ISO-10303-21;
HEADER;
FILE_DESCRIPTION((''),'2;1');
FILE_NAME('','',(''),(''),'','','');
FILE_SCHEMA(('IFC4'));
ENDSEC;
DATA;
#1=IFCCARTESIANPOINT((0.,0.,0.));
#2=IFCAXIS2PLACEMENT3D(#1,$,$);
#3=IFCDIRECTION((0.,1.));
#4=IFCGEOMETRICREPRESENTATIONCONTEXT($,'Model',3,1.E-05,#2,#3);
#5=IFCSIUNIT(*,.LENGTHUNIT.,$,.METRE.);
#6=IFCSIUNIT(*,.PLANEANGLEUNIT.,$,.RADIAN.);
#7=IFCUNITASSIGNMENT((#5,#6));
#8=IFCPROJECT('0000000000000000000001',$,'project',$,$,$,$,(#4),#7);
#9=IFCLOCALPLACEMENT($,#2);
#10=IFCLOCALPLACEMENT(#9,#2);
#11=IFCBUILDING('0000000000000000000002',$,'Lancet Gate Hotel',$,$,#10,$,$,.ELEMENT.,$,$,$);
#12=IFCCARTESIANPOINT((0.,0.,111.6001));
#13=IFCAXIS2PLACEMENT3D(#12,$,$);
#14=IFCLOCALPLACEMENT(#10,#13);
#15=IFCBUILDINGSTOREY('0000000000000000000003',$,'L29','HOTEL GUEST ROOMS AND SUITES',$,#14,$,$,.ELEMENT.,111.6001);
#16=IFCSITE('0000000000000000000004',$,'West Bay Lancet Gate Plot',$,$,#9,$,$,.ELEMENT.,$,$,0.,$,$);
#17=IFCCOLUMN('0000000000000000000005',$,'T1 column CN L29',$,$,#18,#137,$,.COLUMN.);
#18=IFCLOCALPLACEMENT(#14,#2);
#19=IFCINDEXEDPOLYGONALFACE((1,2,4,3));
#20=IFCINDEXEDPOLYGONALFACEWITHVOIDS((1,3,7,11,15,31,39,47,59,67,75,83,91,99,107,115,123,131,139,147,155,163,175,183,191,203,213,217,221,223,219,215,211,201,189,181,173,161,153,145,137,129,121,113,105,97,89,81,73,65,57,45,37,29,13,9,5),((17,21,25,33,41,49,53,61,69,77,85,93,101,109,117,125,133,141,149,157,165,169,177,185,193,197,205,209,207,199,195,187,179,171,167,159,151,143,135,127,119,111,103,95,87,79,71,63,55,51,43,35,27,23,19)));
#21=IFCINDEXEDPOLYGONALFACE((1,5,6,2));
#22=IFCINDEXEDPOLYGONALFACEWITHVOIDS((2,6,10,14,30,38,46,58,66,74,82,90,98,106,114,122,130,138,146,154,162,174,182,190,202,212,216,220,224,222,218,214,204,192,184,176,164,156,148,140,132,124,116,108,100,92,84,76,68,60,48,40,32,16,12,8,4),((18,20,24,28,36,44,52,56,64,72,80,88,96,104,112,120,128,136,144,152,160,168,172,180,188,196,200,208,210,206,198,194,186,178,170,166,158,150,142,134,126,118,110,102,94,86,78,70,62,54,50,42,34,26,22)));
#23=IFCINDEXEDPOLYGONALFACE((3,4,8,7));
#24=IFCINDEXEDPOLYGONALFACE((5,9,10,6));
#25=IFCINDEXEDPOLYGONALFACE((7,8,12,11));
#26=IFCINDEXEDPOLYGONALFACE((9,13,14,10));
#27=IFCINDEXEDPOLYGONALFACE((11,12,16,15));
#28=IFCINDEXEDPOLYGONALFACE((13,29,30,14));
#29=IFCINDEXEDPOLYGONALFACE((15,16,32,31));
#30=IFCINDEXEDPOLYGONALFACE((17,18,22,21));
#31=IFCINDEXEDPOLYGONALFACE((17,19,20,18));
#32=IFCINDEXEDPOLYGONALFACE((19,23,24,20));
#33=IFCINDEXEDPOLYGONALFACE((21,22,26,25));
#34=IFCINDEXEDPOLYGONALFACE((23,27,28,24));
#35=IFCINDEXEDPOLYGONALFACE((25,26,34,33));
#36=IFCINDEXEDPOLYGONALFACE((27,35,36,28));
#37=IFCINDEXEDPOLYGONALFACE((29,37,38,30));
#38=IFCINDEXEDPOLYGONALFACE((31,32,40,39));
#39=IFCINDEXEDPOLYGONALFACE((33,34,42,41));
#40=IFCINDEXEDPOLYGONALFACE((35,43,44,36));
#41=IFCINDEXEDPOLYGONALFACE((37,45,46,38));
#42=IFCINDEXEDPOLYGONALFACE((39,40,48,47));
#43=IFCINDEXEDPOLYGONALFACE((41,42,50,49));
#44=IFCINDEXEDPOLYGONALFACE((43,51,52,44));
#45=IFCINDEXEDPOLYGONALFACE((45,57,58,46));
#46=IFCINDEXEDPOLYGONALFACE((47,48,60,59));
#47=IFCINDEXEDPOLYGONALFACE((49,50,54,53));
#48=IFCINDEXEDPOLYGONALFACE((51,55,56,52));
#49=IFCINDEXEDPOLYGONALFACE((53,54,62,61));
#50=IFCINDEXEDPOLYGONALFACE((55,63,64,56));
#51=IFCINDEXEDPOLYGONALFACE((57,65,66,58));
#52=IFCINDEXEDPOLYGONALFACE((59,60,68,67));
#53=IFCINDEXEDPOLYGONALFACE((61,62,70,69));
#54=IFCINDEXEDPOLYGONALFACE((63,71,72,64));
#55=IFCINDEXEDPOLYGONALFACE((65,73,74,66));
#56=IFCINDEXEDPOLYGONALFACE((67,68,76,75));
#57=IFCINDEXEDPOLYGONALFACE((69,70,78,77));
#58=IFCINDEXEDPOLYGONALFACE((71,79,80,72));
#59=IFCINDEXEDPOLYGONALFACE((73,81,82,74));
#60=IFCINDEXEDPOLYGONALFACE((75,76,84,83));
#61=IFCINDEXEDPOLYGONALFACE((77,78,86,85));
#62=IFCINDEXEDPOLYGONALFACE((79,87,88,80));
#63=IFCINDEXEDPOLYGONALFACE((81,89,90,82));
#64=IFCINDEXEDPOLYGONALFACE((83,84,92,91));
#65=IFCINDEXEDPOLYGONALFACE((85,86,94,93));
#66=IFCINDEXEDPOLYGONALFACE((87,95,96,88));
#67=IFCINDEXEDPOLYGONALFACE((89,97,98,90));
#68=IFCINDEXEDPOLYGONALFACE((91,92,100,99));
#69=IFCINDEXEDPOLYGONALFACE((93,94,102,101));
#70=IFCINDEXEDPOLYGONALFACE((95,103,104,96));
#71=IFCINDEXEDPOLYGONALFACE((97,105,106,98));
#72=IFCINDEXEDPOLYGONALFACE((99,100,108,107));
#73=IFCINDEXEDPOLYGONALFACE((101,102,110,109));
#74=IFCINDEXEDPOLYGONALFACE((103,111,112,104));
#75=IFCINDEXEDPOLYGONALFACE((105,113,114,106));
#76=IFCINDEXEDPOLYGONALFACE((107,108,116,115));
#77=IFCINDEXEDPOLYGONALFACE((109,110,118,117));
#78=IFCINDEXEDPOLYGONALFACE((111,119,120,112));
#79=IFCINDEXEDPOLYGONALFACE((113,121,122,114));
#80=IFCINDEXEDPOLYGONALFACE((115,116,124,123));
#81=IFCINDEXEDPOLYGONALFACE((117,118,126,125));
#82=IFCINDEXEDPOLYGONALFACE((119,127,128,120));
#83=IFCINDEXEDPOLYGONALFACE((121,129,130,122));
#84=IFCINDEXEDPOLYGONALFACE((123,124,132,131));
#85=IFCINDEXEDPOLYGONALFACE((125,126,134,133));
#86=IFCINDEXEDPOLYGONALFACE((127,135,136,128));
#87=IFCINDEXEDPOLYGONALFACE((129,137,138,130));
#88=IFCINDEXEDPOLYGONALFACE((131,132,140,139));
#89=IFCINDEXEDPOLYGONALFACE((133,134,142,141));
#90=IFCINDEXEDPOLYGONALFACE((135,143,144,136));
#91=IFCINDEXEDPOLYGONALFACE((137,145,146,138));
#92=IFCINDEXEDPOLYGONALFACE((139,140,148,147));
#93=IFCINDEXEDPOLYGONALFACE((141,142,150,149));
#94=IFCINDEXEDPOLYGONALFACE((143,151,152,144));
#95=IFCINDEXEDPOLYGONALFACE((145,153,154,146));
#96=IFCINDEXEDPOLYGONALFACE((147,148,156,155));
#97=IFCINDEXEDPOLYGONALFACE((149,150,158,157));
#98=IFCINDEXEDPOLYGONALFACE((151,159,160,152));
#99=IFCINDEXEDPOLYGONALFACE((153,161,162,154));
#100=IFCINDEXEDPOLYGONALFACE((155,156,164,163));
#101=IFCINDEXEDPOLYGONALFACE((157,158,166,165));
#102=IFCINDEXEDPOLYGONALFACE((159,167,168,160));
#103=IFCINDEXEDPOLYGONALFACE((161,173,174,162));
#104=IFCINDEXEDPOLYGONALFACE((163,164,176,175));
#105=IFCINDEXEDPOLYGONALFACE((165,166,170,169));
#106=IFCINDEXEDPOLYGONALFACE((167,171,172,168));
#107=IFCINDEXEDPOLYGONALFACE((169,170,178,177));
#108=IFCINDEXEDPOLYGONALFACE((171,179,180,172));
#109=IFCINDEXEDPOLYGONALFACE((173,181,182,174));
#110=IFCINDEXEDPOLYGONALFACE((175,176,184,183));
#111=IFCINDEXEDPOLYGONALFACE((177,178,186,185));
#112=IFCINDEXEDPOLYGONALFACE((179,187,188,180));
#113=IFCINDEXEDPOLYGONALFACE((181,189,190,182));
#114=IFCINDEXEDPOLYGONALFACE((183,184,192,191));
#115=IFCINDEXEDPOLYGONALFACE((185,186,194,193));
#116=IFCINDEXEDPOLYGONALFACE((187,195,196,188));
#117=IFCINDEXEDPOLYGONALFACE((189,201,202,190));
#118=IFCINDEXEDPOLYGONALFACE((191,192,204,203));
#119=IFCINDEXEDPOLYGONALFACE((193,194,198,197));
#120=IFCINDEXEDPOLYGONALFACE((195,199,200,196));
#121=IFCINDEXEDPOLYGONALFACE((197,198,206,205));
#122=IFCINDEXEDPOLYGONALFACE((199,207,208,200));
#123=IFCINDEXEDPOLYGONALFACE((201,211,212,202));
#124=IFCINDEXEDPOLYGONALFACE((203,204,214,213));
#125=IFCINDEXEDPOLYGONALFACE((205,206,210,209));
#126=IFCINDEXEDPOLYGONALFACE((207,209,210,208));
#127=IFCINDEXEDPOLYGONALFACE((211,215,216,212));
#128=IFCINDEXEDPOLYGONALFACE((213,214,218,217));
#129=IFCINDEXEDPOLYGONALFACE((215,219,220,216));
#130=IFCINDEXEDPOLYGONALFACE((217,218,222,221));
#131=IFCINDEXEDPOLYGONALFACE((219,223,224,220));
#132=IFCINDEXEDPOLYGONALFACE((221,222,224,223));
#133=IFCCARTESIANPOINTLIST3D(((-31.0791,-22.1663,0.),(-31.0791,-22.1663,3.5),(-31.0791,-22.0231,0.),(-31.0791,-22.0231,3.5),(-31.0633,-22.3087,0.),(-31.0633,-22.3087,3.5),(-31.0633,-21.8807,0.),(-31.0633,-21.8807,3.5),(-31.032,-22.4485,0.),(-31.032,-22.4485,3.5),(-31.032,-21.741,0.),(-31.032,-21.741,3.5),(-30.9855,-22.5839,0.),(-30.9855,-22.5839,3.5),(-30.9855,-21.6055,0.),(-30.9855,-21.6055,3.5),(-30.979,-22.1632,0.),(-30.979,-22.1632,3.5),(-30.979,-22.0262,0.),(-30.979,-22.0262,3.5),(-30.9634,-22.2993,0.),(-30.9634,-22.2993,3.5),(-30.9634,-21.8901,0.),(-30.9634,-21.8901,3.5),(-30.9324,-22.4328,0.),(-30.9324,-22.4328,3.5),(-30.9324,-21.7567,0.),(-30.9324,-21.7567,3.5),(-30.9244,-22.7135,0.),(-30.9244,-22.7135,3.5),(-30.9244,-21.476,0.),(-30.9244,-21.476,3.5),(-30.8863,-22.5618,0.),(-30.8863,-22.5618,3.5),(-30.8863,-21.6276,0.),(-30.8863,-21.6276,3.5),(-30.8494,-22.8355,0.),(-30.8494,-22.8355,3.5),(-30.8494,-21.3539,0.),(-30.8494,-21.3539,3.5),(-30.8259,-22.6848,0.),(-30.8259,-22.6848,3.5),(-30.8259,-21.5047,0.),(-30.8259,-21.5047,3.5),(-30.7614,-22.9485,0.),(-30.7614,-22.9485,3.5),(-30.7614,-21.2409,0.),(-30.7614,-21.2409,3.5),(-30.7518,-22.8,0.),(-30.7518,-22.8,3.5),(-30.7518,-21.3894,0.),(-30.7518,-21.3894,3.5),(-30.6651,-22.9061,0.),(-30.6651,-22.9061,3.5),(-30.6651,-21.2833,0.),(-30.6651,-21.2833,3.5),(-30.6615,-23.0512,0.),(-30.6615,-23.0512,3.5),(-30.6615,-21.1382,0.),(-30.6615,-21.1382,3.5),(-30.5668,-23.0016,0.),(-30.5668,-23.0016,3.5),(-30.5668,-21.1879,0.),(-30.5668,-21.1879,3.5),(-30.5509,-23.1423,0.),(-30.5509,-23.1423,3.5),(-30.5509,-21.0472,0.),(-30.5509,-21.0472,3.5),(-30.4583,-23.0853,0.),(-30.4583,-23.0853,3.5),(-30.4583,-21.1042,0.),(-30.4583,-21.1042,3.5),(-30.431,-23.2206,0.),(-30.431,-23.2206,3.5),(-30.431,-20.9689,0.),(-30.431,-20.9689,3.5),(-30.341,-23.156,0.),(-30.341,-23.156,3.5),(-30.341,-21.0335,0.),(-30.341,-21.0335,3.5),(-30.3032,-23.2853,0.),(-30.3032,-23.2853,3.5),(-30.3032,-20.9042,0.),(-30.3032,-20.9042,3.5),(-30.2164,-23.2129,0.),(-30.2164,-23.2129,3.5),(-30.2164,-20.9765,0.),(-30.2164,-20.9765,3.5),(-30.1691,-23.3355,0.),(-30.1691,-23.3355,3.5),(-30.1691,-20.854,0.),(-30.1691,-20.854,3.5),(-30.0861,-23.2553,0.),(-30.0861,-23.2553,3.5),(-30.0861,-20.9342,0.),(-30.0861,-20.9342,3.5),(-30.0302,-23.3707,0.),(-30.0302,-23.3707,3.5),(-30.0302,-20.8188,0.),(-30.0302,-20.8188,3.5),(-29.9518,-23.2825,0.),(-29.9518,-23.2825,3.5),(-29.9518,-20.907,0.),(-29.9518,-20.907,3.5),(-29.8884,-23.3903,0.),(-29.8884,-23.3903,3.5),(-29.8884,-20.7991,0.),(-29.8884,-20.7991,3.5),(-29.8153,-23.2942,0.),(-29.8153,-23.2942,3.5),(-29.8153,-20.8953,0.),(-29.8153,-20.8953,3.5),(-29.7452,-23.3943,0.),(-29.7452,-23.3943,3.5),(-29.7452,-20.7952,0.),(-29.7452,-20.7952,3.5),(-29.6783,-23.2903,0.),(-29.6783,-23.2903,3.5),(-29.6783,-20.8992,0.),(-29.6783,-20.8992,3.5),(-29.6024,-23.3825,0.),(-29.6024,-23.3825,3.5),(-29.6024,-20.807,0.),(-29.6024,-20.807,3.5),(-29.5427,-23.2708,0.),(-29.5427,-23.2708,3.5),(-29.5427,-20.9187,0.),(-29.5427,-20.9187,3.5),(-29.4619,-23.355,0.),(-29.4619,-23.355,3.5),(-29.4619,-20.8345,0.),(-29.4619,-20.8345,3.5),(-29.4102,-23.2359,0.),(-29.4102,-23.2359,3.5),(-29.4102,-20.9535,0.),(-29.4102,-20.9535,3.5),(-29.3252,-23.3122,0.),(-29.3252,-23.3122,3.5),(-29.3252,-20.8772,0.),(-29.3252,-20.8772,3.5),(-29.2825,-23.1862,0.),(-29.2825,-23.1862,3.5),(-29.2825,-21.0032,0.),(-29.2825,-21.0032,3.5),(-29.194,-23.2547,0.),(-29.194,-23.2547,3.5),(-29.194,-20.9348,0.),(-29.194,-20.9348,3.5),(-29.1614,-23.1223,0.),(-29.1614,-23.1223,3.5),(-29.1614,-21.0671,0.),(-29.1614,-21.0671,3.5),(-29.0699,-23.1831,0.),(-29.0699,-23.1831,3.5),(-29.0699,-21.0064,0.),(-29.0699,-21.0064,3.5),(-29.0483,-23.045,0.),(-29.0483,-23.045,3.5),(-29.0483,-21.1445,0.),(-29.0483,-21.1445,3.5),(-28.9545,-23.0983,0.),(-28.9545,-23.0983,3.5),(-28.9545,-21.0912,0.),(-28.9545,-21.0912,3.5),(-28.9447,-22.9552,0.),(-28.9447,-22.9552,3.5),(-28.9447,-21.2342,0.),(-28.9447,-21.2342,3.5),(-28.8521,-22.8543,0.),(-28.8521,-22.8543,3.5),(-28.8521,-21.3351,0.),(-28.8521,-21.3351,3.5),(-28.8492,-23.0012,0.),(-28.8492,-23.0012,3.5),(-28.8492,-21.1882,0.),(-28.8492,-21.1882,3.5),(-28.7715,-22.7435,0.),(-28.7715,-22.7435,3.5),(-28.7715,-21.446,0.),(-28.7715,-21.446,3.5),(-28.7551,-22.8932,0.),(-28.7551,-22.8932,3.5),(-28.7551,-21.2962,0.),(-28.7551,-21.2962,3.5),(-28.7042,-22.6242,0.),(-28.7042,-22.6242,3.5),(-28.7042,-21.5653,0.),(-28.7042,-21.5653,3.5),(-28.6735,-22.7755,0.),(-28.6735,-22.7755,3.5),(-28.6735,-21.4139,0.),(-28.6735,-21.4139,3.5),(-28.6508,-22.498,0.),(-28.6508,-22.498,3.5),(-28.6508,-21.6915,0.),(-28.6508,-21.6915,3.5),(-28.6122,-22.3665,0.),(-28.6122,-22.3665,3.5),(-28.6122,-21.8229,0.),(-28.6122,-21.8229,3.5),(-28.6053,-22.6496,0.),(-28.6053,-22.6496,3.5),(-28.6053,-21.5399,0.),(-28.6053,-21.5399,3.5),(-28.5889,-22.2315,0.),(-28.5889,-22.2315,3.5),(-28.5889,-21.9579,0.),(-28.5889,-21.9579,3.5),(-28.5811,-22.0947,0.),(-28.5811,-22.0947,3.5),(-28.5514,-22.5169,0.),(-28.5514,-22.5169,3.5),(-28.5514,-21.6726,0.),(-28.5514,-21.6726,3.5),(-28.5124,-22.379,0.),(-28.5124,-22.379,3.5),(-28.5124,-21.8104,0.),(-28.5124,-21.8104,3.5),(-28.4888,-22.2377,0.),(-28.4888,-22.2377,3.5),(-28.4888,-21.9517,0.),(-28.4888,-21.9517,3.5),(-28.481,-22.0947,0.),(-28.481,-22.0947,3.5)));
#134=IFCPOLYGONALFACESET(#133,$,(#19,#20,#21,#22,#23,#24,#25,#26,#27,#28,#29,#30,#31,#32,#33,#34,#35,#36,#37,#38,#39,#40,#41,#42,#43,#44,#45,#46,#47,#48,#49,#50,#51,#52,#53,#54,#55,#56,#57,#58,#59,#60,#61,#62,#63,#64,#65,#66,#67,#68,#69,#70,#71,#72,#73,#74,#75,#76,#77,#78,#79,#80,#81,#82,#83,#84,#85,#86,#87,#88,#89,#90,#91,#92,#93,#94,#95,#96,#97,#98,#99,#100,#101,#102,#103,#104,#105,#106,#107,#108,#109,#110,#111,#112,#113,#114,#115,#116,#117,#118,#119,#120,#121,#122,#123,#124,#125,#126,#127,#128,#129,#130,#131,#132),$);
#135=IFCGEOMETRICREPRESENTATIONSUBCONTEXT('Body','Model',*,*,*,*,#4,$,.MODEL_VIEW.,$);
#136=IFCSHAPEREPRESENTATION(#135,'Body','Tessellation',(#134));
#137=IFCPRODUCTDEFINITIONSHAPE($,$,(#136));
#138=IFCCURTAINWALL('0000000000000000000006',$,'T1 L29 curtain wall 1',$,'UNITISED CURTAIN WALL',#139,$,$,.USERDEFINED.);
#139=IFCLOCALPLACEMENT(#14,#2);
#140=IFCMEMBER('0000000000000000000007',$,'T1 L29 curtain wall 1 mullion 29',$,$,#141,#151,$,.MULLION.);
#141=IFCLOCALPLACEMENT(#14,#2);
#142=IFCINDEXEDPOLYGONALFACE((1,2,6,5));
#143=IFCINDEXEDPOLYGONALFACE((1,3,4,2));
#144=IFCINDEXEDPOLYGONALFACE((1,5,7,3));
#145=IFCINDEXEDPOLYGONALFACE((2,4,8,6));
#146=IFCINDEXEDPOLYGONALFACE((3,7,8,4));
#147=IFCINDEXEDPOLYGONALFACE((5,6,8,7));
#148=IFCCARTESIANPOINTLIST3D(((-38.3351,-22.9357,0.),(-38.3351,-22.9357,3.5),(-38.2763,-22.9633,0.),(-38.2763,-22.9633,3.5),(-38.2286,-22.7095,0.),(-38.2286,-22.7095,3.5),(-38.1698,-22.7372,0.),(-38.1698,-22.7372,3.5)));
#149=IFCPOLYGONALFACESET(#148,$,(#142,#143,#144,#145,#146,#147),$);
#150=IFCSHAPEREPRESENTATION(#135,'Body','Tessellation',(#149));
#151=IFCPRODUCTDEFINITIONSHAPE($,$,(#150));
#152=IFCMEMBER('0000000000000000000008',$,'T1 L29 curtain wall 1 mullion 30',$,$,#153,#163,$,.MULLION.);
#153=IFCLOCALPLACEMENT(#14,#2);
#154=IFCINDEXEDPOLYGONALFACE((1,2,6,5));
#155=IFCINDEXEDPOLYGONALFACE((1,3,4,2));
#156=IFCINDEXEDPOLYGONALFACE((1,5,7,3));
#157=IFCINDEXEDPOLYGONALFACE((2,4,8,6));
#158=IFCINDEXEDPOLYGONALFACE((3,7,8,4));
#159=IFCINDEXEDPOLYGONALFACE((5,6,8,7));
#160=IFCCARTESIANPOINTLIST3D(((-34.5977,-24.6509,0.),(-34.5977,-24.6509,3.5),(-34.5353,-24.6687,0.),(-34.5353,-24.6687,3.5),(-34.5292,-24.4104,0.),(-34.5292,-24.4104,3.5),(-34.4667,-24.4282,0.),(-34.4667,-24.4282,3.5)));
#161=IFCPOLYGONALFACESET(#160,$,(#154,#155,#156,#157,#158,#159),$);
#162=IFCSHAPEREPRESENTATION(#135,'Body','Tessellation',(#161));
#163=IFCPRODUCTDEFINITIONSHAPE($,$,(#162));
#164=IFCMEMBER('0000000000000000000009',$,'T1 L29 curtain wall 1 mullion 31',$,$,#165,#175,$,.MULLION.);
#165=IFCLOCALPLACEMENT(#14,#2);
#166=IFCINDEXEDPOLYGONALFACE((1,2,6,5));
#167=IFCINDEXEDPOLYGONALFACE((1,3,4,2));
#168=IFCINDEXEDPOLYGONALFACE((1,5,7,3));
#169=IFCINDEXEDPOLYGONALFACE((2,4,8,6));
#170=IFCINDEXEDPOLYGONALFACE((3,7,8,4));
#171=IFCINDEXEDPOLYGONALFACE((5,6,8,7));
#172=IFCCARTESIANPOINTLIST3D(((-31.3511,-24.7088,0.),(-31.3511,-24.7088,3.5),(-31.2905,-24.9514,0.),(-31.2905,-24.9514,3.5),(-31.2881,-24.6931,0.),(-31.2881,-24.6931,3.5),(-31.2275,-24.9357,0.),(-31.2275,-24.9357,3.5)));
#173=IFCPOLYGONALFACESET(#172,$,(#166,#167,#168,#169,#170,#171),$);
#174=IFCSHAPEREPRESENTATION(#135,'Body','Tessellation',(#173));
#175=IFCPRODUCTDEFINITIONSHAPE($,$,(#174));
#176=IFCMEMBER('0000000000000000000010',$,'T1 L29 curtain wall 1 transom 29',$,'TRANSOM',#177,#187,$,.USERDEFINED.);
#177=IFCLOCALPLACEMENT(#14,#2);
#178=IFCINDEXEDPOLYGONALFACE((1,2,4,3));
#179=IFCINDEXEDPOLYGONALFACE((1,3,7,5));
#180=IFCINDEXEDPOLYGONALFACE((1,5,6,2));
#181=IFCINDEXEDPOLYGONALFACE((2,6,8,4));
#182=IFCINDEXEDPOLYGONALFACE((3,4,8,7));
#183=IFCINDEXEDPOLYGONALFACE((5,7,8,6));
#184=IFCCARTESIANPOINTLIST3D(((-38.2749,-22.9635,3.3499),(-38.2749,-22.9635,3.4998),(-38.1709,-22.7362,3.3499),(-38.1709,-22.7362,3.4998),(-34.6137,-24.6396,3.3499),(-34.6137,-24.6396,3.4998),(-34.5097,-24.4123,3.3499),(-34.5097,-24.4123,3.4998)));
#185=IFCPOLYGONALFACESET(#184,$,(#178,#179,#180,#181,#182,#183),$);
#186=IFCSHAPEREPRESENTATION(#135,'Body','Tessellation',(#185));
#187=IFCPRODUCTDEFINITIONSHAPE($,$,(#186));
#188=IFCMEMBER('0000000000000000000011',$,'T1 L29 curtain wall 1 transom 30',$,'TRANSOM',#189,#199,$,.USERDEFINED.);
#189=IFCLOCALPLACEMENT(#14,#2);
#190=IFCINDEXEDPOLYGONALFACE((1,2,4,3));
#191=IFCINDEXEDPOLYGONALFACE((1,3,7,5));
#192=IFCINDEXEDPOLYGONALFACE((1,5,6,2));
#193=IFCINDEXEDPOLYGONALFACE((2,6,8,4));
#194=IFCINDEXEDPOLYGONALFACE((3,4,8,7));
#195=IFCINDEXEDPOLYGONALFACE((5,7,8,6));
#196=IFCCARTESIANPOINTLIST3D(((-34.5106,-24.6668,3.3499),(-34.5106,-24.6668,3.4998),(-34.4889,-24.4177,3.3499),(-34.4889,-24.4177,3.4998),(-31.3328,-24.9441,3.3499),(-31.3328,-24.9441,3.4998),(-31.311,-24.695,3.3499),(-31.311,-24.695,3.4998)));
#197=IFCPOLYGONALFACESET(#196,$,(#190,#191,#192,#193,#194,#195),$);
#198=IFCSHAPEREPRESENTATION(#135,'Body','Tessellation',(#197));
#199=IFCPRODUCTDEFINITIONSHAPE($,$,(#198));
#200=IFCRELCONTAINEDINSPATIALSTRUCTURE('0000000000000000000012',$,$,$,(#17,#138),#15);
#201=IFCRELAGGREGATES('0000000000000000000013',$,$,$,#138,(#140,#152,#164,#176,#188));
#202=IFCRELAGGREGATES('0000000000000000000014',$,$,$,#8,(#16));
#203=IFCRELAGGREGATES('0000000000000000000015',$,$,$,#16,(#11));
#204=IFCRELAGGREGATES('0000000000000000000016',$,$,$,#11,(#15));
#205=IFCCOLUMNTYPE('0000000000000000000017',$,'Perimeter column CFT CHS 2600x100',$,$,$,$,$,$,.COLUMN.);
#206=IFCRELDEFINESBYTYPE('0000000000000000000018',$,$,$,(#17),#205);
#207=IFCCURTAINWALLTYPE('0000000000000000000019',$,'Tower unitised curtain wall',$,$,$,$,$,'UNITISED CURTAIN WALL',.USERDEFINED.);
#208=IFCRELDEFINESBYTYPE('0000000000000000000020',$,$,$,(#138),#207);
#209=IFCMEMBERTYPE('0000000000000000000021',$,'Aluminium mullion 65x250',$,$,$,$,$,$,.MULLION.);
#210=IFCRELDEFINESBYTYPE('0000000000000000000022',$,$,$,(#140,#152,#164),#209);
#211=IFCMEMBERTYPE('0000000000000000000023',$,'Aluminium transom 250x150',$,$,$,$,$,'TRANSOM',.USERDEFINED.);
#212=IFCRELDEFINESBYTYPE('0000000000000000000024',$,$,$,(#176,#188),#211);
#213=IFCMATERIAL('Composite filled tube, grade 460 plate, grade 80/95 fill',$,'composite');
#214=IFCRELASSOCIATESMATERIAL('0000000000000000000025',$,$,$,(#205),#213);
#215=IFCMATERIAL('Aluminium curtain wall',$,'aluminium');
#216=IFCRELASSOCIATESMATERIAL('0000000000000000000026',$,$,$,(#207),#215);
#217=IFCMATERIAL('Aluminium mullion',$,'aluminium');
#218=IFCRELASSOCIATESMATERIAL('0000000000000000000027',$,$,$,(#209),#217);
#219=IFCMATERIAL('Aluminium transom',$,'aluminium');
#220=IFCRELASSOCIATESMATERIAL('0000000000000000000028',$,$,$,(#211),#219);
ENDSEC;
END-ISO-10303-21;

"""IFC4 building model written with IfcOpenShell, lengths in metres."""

from ifc_helpers import new_model, si_unit, direction, frame, origin, origin_2d, place, context, subcontext, project, spatial, rectangle, hollow_circle, extrude, material, material_profile, profile_set, type_object, element, aggregate, save


model = new_model("IFC4")

# Units and contexts
model_context = context("Model", 3, precision=1e-05, world=origin(), true_north=direction((0.0, 1.0)))
body_context = subcontext(model_context, "Body", "Model", "MODEL_VIEW")
ifc_project = project(units=[si_unit("LENGTHUNIT", "METRE"), si_unit("PLANEANGLEUNIT", "RADIAN")], contexts=[model_context])

# Site, building, storey
site_placement = place(None, origin())
site = spatial("IfcSite", under=ifc_project, at=site_placement, Name="West Bay Lancet Gate Plot", CompositionType="ELEMENT", RefElevation=0.0)
building_placement = place(site_placement, origin())
building = spatial("IfcBuilding", under=site, at=building_placement, Name="Lancet Gate Hotel", CompositionType="ELEMENT")
storey_placement = place(building_placement, frame((0.0, 0.0, 111.6001)))
storey = spatial("IfcBuildingStorey", under=building, at=storey_placement, Name="L29", Description="HOTEL GUEST ROOMS AND SUITES", CompositionType="ELEMENT", Elevation=111.6001)

# Column
ifc_material_1 = material(Name="Composite filled tube, grade 460 plate, grade 80/95 fill", Category="composite")
ifc_material_profile_1 = material_profile(ifc_material_1, hollow_circle(Radius=1.3, WallThickness=0.1001, at=origin_2d()), Name="CHS 2600x100")
ifc_profile_set_1 = profile_set([ifc_material_profile_1], Name="Composite filled tube, grade 460 plate, grade 80/95 fill")
column_type = type_object("IfcColumnType", Name="Perimeter column CFT CHS 2600x100", PredefinedType="COLUMN", material=ifc_profile_set_1)
column_placement = place(storey_placement, frame((-29.781, -22.0947, 0.0), z_axis=(0.0, 0.0, 1.0), x_axis=(1.0, 0.0, 0.0)))
element("IfcColumn", 1, at=column_placement, inside=storey, type_object=column_type, Name="T1 column CN L29", PredefinedType="COLUMN", context=body_context, shape_type="SweptSolid", body=[
    extrude(hollow_circle(Radius=1.3, WallThickness=0.1001, at=origin_2d()), origin(), (0.0, 0.0, 1.0), 3.5),
])

# Curtain wall, members
ifc_material_2 = material(Name="Aluminium curtain wall", Category="aluminium")
curtain_wall_type = type_object("IfcCurtainWallType", Name="Tower unitised curtain wall", ElementType="UNITISED CURTAIN WALL", PredefinedType="USERDEFINED", material=ifc_material_2)
curtain_wall_placement = place(storey_placement, origin())
curtain_wall = element("IfcCurtainWall", 2, at=curtain_wall_placement, inside=storey, type_object=curtain_wall_type, Name="T1 L29 curtain wall 1", ObjectType="UNITISED CURTAIN WALL", PredefinedType="USERDEFINED")
ifc_material_3 = material(Name="Aluminium mullion", Category="aluminium")
ifc_material_profile_2 = material_profile(ifc_material_3, rectangle(XDim=0.0649, YDim=0.25, at=origin_2d()), Name="MULLION 65x250")
ifc_profile_set_2 = profile_set([ifc_material_profile_2], Name="Aluminium mullion")
member_type_1 = type_object("IfcMemberType", Name="Aluminium mullion 65x250", PredefinedType="MULLION", material=ifc_profile_set_2)
member_1_placement = place(storey_placement, frame((-38.2524, -22.8364, 0.0), z_axis=(0.0, 0.0, 1.0), x_axis=(0.90472, -0.426008, 0.0)))
member_1 = element("IfcMember", 3, at=member_1_placement, type_object=member_type_1, Name="T1 L29 curtain wall 1 mullion 29", PredefinedType="MULLION", context=body_context, shape_type="SweptSolid", body=[
    extrude(rectangle(XDim=0.0649, YDim=0.25, at=origin_2d()), origin(), (0.0, 0.0, 1.0), 3.5),
])
member_2_placement = place(storey_placement, frame((-34.5322, -24.5396, 0.0), z_axis=(0.0, 0.0, 1.0), x_axis=(0.961653, -0.274268, 0.0)))
member_2 = element("IfcMember", 4, at=member_2_placement, type_object=member_type_1, Name="T1 L29 curtain wall 1 mullion 30", PredefinedType="MULLION", context=body_context, shape_type="SweptSolid", body=[
    extrude(rectangle(XDim=0.0649, YDim=0.25, at=origin_2d()), origin(), (0.0, 0.0, 1.0), 3.5),
])
member_3_placement = place(storey_placement, frame((-31.2893, -24.8223, 0.0), z_axis=(0.0, 0.0, 1.0), x_axis=(0.970242, 0.242137, 0.0)))
member_3 = element("IfcMember", 5, at=member_3_placement, type_object=member_type_1, Name="T1 L29 curtain wall 1 mullion 31", PredefinedType="MULLION", context=body_context, shape_type="SweptSolid", body=[
    extrude(rectangle(XDim=0.0649, YDim=0.25, at=origin_2d()), origin(), (0.0, 0.0, 1.0), 3.5),
])
ifc_material_4 = material(Name="Aluminium transom", Category="aluminium")
ifc_material_profile_3 = material_profile(ifc_material_4, rectangle(XDim=0.25, YDim=0.1499, at=origin_2d()), Name="TRANSOM 250x150")
ifc_profile_set_3 = profile_set([ifc_material_profile_3], Name="Aluminium transom")
member_type_2 = type_object("IfcMemberType", Name="Aluminium transom 250x150", ElementType="TRANSOM", PredefinedType="USERDEFINED", material=ifc_profile_set_3)
member_4_placement = place(storey_placement, frame((-38.2229, -22.8499, 3.4248), z_axis=(0.909252, -0.416245, 0.0), x_axis=(0.416245, 0.909252, 0.0)))
member_4 = element("IfcMember", 6, at=member_4_placement, type_object=member_type_2, Name="T1 L29 curtain wall 1 transom 29", ObjectType="TRANSOM", PredefinedType="USERDEFINED", context=body_context, shape_type="SweptSolid", body=[
    extrude(rectangle(XDim=0.25, YDim=0.1499, at=origin_2d()), origin(), (0.0, 0.0, 1.0), 4.0266),
])
member_5_placement = place(storey_placement, frame((-34.4998, -24.5422, 3.4248), z_axis=(0.996214, -0.08694, 0.0), x_axis=(0.08694, 0.996214, 0.0)))
member_5 = element("IfcMember", 7, at=member_5_placement, type_object=member_type_2, Name="T1 L29 curtain wall 1 transom 30", ObjectType="TRANSOM", PredefinedType="USERDEFINED", context=body_context, shape_type="SweptSolid", body=[
    extrude(rectangle(XDim=0.25, YDim=0.1499, at=origin_2d()), origin(), (0.0, 0.0, 1.0), 3.1899),
])

aggregate(curtain_wall, [member_1, member_2, member_3, member_4, member_5])

save(model, "model.ifc")
